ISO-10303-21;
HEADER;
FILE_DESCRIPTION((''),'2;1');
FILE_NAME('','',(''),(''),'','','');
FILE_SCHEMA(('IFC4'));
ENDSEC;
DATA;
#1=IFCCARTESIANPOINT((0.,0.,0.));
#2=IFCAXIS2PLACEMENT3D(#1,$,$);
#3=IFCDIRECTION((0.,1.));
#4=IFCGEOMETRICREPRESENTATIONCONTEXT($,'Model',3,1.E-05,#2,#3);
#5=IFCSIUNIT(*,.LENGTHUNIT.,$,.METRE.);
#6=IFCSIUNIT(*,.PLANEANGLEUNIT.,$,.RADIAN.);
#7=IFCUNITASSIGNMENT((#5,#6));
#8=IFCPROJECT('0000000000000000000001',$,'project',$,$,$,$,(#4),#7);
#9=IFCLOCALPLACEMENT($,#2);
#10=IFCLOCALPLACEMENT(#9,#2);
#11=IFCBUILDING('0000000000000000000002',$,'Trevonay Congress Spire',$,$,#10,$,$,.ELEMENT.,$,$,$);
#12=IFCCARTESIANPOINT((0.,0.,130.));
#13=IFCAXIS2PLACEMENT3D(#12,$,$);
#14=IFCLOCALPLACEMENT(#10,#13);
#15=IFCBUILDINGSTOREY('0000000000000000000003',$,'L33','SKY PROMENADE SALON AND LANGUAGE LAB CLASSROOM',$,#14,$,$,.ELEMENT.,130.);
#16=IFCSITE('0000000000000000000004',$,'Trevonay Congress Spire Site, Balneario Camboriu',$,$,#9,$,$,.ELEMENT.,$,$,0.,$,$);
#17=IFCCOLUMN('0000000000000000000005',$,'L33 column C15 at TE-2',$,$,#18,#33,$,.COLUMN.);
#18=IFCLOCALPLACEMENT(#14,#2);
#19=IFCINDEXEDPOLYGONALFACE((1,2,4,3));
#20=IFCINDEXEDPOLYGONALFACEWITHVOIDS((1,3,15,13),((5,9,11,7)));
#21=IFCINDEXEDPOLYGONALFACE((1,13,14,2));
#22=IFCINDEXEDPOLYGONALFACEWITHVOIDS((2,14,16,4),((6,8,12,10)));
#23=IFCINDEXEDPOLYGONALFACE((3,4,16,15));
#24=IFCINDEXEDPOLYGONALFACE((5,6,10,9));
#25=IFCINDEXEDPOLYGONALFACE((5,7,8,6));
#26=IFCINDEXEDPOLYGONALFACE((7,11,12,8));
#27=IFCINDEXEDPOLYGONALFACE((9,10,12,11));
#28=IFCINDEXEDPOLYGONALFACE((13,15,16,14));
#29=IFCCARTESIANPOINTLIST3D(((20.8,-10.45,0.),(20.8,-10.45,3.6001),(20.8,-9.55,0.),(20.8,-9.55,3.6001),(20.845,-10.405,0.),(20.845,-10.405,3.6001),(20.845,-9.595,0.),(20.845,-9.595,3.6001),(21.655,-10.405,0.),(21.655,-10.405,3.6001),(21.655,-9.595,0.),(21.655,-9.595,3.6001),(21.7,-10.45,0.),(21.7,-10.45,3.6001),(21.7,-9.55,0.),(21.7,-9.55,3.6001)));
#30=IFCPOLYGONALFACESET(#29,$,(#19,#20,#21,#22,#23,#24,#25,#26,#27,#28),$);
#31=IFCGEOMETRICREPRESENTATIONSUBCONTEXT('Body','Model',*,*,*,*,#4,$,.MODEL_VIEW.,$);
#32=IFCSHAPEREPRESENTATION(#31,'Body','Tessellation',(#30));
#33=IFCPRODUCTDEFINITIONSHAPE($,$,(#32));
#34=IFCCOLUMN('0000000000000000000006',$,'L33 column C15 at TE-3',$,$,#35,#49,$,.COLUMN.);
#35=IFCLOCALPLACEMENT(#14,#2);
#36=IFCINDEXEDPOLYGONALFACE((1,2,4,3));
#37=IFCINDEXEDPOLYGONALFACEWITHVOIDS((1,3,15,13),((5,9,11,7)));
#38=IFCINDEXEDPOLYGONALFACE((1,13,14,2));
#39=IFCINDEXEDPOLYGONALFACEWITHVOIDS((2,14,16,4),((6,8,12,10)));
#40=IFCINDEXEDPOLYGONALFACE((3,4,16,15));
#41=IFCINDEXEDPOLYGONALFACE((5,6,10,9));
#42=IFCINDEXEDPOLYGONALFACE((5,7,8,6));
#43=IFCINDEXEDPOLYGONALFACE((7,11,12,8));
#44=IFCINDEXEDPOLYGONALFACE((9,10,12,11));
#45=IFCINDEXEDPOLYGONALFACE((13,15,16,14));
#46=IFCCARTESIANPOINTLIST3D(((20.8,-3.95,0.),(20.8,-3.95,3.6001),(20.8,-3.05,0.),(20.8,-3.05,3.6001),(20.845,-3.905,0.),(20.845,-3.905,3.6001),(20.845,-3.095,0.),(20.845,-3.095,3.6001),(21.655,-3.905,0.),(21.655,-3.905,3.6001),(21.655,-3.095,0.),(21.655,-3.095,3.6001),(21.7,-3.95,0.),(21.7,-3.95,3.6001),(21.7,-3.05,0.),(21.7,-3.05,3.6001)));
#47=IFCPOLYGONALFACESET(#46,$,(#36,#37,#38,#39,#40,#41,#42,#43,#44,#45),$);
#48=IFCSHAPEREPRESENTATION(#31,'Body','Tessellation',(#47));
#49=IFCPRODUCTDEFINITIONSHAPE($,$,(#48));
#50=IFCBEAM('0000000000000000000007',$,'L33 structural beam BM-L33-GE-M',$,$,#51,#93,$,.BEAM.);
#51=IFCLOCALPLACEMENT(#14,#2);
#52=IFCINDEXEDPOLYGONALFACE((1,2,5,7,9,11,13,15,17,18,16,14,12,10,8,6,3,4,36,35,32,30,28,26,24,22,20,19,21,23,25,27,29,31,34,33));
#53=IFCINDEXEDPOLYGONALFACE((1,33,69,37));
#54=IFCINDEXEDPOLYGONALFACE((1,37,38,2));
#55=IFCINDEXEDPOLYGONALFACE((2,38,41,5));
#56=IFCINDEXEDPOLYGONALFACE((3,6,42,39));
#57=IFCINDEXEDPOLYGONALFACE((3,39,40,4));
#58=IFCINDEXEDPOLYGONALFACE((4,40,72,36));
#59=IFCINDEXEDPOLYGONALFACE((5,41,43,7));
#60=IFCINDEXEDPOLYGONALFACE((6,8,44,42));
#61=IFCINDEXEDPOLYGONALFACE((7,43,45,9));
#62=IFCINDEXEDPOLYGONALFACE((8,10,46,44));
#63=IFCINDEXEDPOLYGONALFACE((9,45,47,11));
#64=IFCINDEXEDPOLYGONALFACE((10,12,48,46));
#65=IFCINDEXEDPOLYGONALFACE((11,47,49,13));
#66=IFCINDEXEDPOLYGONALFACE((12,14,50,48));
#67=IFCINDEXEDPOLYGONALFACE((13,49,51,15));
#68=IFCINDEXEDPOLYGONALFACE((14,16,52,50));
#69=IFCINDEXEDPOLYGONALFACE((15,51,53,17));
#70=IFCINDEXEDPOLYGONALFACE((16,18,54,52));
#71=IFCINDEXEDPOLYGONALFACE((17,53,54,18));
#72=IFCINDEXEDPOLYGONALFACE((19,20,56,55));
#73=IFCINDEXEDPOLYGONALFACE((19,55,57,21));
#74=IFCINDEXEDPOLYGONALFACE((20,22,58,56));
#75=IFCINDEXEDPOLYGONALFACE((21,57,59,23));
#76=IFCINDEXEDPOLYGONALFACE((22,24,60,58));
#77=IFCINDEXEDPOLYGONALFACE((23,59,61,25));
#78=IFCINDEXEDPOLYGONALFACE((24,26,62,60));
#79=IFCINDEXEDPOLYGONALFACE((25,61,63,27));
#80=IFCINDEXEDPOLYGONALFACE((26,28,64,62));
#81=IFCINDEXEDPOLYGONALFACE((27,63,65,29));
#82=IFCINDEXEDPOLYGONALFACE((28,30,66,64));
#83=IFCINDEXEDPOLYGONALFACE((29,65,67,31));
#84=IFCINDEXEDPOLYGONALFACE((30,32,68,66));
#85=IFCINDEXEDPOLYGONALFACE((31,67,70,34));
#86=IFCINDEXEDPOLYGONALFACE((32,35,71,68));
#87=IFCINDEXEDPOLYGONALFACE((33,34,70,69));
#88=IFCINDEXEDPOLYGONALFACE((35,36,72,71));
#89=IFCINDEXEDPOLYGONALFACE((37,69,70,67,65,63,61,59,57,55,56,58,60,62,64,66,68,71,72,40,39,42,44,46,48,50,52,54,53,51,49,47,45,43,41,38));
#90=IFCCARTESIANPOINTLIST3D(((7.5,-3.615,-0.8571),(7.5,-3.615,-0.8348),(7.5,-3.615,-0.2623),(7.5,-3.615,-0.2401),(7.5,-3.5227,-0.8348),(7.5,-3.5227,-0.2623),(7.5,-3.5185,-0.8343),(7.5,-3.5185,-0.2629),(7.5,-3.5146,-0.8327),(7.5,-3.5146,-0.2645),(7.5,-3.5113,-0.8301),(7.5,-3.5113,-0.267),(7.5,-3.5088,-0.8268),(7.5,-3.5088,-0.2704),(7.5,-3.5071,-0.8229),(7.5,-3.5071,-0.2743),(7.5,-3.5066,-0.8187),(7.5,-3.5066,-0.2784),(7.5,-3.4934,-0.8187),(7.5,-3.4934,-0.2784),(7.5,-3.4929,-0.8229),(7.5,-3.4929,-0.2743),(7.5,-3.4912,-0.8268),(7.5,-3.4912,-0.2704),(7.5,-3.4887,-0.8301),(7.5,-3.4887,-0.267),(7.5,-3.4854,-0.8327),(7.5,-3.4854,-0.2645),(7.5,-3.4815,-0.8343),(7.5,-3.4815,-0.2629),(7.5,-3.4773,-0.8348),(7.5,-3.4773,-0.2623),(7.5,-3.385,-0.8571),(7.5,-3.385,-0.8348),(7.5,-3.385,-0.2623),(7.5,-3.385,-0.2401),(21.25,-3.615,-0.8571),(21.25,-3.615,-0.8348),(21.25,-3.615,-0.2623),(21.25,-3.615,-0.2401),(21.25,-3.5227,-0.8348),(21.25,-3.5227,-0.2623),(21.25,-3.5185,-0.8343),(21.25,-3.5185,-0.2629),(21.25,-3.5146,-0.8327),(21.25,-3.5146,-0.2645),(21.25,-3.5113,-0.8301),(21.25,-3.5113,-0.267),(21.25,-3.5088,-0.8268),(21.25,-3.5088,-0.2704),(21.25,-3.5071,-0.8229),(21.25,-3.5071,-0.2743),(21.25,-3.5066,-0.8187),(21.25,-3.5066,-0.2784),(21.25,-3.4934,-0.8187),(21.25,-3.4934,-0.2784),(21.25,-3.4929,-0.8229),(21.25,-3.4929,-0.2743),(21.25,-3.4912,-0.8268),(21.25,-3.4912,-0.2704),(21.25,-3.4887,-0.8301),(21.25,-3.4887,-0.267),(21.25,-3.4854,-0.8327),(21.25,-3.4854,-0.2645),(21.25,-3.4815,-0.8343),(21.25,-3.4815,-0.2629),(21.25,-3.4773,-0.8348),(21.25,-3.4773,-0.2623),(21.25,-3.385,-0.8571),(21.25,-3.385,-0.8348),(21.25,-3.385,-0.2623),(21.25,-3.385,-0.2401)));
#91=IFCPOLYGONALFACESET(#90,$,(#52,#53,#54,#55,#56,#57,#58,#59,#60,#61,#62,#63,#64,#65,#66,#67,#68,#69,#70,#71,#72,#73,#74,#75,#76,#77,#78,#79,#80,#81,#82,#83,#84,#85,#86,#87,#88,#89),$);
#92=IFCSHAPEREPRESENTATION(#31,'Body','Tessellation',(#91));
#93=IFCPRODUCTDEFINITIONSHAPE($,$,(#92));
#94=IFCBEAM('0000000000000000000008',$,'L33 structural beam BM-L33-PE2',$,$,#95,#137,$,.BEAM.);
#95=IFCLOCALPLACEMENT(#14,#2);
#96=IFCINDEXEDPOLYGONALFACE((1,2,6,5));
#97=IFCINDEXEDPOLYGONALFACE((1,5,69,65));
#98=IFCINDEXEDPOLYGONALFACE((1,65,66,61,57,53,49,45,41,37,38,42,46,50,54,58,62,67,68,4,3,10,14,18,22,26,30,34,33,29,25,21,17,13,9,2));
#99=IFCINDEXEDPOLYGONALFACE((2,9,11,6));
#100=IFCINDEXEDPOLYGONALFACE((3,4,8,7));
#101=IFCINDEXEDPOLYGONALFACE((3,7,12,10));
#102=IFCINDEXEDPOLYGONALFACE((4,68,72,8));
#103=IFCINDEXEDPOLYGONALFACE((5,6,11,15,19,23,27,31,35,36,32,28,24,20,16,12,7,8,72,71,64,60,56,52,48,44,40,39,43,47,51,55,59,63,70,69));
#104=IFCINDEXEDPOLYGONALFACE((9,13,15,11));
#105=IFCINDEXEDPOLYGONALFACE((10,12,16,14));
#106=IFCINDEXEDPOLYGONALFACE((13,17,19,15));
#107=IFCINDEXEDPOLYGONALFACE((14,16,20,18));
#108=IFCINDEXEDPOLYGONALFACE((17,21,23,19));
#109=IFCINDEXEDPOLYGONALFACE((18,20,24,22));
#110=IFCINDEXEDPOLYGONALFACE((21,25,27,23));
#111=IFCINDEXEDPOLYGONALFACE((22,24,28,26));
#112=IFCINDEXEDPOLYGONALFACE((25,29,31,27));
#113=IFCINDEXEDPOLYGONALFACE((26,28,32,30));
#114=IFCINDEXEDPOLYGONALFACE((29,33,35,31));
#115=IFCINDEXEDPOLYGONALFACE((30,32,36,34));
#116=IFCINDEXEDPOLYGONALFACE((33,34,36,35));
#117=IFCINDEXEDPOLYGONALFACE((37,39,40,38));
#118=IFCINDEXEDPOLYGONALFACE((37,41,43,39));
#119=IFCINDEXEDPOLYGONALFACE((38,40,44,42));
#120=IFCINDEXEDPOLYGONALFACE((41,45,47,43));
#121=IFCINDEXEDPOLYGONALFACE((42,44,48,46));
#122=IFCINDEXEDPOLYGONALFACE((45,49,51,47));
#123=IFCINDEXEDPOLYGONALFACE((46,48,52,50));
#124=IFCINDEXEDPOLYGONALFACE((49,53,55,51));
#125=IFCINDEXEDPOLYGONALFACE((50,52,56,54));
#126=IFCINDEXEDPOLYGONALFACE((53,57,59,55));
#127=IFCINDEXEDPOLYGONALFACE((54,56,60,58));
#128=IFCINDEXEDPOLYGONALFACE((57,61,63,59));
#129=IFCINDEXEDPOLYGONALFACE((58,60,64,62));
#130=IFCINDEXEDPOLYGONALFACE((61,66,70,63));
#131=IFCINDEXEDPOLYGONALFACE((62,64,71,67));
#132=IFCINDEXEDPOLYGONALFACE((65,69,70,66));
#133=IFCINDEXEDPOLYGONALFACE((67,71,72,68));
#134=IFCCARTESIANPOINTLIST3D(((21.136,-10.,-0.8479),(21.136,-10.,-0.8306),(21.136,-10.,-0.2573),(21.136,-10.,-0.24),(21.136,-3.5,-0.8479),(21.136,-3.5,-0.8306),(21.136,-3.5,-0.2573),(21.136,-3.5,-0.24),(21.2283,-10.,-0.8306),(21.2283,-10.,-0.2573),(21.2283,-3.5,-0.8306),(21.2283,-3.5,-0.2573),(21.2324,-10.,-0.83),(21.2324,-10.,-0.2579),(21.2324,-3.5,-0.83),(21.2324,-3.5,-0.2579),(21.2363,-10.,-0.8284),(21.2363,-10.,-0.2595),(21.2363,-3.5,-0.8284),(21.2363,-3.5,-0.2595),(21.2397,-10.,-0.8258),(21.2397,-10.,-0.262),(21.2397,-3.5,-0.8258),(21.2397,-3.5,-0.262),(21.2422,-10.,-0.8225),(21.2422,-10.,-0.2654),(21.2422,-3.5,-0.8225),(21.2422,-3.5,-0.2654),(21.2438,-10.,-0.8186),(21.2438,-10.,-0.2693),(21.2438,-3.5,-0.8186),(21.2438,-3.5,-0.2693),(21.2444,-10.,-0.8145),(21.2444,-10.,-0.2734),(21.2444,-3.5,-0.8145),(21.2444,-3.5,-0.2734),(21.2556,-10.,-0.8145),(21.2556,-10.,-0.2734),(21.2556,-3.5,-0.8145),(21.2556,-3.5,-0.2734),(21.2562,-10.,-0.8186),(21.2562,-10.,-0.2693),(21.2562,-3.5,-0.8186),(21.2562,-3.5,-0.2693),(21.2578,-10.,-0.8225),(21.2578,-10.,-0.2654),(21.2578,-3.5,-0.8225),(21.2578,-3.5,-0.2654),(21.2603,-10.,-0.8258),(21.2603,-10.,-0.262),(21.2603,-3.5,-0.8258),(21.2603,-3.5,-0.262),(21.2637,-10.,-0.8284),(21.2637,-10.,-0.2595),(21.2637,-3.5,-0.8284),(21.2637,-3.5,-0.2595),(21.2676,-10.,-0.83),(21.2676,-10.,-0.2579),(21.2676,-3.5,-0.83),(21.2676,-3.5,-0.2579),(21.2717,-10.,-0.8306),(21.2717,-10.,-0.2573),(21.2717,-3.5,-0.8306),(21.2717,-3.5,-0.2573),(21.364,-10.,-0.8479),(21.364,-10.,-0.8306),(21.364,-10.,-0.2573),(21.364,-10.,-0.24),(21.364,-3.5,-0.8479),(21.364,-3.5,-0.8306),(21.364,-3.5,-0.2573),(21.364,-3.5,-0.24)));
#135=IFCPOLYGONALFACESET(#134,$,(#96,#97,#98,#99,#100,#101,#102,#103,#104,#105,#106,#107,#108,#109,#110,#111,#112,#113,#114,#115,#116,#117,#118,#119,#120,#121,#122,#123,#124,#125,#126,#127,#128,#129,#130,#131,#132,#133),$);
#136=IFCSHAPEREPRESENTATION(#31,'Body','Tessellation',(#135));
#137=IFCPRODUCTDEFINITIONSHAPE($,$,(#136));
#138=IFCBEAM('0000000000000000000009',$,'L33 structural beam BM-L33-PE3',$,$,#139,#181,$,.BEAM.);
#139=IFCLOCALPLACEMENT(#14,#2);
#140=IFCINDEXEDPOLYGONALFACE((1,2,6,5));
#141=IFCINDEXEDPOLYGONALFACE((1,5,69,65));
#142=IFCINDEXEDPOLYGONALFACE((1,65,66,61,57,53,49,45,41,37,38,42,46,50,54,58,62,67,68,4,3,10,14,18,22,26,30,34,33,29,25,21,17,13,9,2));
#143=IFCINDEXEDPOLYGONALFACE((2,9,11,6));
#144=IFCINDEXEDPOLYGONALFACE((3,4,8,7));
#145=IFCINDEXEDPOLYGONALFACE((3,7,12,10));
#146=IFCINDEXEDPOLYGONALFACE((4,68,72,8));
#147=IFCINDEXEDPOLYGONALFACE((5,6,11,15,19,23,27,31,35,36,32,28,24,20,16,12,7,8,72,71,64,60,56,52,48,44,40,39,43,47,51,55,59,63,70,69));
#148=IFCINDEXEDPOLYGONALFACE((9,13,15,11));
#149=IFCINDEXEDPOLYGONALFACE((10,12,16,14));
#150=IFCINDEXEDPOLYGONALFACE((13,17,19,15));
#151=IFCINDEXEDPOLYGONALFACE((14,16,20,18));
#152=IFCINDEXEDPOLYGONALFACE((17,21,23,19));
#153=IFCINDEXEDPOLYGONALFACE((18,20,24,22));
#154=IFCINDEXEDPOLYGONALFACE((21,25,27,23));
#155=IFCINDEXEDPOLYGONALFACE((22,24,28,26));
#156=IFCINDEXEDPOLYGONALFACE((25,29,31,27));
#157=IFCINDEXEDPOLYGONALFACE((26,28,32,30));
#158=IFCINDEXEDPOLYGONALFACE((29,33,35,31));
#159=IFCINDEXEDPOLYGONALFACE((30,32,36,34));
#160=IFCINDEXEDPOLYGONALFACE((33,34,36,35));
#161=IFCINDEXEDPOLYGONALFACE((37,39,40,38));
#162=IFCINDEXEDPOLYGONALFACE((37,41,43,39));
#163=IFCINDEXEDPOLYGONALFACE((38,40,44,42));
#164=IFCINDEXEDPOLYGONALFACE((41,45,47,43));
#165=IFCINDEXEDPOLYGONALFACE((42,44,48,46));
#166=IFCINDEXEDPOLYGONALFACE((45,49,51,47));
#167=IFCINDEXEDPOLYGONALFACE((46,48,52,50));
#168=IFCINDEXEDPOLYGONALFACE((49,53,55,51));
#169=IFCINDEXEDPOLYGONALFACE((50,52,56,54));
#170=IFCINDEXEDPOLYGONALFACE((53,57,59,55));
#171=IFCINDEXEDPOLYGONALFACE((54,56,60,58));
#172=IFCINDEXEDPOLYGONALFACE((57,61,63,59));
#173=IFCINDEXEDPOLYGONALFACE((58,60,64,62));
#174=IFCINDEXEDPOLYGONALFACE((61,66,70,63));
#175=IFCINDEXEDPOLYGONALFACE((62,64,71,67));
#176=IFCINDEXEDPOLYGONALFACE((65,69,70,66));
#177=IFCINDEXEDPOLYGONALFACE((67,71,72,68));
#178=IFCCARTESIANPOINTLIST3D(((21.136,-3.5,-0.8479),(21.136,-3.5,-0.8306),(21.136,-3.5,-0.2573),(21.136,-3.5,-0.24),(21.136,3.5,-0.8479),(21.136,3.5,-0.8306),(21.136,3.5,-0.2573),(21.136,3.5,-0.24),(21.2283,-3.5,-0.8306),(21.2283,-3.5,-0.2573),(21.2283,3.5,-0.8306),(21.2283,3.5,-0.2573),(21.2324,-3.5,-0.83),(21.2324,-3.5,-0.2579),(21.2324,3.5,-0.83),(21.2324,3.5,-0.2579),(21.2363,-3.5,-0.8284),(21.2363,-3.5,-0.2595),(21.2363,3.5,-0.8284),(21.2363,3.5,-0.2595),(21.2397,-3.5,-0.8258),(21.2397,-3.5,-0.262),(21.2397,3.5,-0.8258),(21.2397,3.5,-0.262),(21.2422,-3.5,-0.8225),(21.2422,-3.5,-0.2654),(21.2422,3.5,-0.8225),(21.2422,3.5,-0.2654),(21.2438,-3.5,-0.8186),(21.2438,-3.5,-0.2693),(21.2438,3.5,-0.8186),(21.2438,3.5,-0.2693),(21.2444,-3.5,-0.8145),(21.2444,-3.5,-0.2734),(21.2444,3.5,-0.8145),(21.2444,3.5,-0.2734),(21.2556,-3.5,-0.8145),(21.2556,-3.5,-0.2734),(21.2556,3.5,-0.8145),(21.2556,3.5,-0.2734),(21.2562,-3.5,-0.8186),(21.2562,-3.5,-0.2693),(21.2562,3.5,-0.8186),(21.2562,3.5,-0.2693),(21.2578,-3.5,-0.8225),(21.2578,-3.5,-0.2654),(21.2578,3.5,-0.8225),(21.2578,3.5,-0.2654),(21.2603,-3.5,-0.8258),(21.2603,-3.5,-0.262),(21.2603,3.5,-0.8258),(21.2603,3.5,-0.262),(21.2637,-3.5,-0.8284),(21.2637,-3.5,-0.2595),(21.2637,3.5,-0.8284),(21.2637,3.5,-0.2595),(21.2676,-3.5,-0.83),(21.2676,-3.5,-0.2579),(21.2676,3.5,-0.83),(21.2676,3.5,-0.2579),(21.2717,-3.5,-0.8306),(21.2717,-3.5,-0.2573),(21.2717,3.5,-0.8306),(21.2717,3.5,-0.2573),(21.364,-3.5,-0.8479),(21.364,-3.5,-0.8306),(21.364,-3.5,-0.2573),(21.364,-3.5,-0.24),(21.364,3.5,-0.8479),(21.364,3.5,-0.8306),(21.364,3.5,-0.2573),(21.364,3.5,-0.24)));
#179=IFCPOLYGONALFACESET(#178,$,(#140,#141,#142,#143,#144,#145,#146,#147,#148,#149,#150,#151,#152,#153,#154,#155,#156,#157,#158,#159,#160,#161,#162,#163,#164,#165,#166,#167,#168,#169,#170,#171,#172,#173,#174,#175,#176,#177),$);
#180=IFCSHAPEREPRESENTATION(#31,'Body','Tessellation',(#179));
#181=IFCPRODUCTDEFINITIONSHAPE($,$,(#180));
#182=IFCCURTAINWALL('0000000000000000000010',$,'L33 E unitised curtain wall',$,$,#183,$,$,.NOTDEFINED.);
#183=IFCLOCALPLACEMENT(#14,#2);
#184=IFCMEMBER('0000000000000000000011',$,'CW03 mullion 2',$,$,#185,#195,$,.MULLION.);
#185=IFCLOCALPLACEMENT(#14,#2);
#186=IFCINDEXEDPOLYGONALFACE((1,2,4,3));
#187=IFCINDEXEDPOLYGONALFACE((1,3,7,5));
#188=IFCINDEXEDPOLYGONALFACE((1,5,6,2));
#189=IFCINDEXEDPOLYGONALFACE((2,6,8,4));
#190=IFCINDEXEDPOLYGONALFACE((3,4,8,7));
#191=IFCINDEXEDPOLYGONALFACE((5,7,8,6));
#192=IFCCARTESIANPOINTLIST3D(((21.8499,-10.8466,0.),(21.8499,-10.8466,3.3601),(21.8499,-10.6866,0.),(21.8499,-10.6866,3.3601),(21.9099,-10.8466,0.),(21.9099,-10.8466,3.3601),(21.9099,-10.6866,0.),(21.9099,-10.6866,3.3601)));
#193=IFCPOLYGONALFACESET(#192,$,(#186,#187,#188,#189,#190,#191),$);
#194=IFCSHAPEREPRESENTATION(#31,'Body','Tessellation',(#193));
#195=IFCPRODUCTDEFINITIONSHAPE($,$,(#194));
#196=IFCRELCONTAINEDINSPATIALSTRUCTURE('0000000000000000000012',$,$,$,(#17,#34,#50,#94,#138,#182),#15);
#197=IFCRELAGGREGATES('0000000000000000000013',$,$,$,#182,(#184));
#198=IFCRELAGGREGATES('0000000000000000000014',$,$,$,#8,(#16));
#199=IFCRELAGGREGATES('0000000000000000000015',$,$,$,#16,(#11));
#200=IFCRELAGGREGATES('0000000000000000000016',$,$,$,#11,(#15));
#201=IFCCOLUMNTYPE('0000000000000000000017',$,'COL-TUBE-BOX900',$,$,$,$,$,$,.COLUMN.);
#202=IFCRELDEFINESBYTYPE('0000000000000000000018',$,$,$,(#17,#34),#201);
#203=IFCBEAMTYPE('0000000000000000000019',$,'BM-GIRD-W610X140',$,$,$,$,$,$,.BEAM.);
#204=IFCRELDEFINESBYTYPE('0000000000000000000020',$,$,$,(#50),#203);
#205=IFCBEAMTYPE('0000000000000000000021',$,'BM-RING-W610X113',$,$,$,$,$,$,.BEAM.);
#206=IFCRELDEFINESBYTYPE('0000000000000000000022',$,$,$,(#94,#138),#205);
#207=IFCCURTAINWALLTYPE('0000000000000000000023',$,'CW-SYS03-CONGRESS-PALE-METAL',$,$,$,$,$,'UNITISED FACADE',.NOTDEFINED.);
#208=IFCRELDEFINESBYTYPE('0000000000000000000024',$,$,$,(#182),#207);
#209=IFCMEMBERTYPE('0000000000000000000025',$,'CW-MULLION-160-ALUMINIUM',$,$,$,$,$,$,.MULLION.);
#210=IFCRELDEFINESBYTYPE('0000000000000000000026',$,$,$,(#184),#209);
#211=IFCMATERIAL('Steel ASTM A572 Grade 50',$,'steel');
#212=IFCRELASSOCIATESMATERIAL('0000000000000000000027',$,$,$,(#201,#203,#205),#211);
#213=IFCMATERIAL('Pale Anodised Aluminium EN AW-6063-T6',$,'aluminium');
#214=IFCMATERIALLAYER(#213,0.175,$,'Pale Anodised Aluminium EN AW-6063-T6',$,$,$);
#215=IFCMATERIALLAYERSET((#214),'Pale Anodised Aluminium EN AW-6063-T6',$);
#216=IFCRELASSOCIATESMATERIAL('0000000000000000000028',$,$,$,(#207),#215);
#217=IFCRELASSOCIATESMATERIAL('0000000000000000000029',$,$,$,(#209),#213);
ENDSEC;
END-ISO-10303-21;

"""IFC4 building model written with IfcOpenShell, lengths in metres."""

from ifc_helpers import new_model, si_unit, direction, frame, origin, origin_2d, place, context, subcontext, project, spatial, rectangle, hollow_rectangle, i_section, extrude, material, layer, layer_set, material_profile, profile_set, type_object, element, aggregate, save


model = new_model("IFC4")

# Units and contexts
model_context = context("Model", 3, precision=1e-05, world=origin(), true_north=direction((0.0, 1.0)))
body_context = subcontext(model_context, "Body", "Model", "MODEL_VIEW")
ifc_project = project(units=[si_unit("LENGTHUNIT", "METRE"), si_unit("PLANEANGLEUNIT", "RADIAN")], contexts=[model_context])

# Site, building, storey
site_placement = place(None, origin())
site = spatial("IfcSite", under=ifc_project, at=site_placement, Name="Trevonay Congress Spire Site, Balneario Camboriu", CompositionType="ELEMENT", RefElevation=0.0)
building_placement = place(site_placement, origin())
building = spatial("IfcBuilding", under=site, at=building_placement, Name="Trevonay Congress Spire", CompositionType="ELEMENT")
storey_placement = place(building_placement, frame((0.0, 0.0, 130.0)))
storey = spatial("IfcBuildingStorey", under=building, at=storey_placement, Name="L33", Description="SKY PROMENADE SALON AND LANGUAGE LAB CLASSROOM", CompositionType="ELEMENT", Elevation=130.0)

# Columns
ifc_material_1 = material(Name="Steel ASTM A572 Grade 50", Category="steel")
ifc_material_profile_1 = material_profile(ifc_material_1, hollow_rectangle(XDim=0.8999, YDim=0.8999, WallThickness=0.0449, at=origin_2d()), Name="BOX 900x900x45")
ifc_profile_set_1 = profile_set([ifc_material_profile_1], Name="Steel ASTM A572 Grade 50")
column_type = type_object("IfcColumnType", Name="COL-TUBE-BOX900", PredefinedType="COLUMN", material=ifc_profile_set_1)
for number, where, z_axis, x_axis, name in (
    (1, (21.25, -10.0, 0.0), (0.0, 0.0, 1.0), (1.0, 0.0, 0.0), "L33 column C15 at TE-2"),
    (2, (21.25, -3.5, 0.0), (0.0, 0.0, 1.0), (1.0, 0.0, 0.0), "L33 column C15 at TE-3"),
):
    element("IfcColumn", number, at=place(storey_placement, frame(where, z_axis=z_axis, x_axis=x_axis)), inside=storey, type_object=column_type, Name=name, PredefinedType="COLUMN", context=body_context, shape_type="SweptSolid", body=[
        extrude(hollow_rectangle(XDim=0.8999, YDim=0.8999, WallThickness=0.0449, at=origin_2d()), origin(), (0.0, 0.0, 1.0), 3.6001),
    ])

# Beams
ifc_material_profile_2 = material_profile(ifc_material_1, i_section(OverallWidth=0.23, OverallDepth=0.6169, WebThickness=0.0132, FlangeThickness=0.0222, FilletRadius=0.0161, at=origin_2d()), Name="W610x140")
ifc_profile_set_2 = profile_set([ifc_material_profile_2], Name="Steel ASTM A572 Grade 50")
beam_type_1 = type_object("IfcBeamType", Name="BM-GIRD-W610X140", PredefinedType="BEAM", material=ifc_profile_set_2)
beam_1_placement = place(storey_placement, frame((7.5, -3.5, -0.5486), z_axis=(1.0, 0.0, 0.0), x_axis=(0.0, 1.0, 0.0)))
element("IfcBeam", 3, at=beam_1_placement, inside=storey, type_object=beam_type_1, Name="L33 structural beam BM-L33-GE-M", PredefinedType="BEAM", context=body_context, shape_type="SweptSolid", body=[
    extrude(i_section(OverallWidth=0.23, OverallDepth=0.6169, WebThickness=0.0132, FlangeThickness=0.0222, FilletRadius=0.0161, at=origin_2d()), origin(), (0.0, 0.0, 1.0), 13.75),
])
ifc_material_profile_3 = material_profile(ifc_material_1, i_section(OverallWidth=0.228, OverallDepth=0.6079, WebThickness=0.0112, FlangeThickness=0.0173, FilletRadius=0.0161, at=origin_2d()), Name="W610x113")
ifc_profile_set_3 = profile_set([ifc_material_profile_3], Name="Steel ASTM A572 Grade 50")
beam_type_2 = type_object("IfcBeamType", Name="BM-RING-W610X113", PredefinedType="BEAM", material=ifc_profile_set_3)
beam_2_placement = place(storey_placement, frame((21.25, -10.0, -0.5439), z_axis=(0.0, 1.0, 0.0), x_axis=(-1.0, 0.0, 0.0)))
element("IfcBeam", 4, at=beam_2_placement, inside=storey, type_object=beam_type_2, Name="L33 structural beam BM-L33-PE2", PredefinedType="BEAM", context=body_context, shape_type="SweptSolid", body=[
    extrude(i_section(OverallWidth=0.228, OverallDepth=0.6079, WebThickness=0.0112, FlangeThickness=0.0173, FilletRadius=0.0161, at=origin_2d()), origin(), (0.0, 0.0, 1.0), 6.5),
])
beam_3_placement = place(storey_placement, frame((21.25, -3.5, -0.5439), z_axis=(0.0, 1.0, 0.0), x_axis=(-1.0, 0.0, 0.0)))
element("IfcBeam", 5, at=beam_3_placement, inside=storey, type_object=beam_type_2, Name="L33 structural beam BM-L33-PE3", PredefinedType="BEAM", context=body_context, shape_type="SweptSolid", body=[
    extrude(i_section(OverallWidth=0.228, OverallDepth=0.6079, WebThickness=0.0112, FlangeThickness=0.0173, FilletRadius=0.0161, at=origin_2d()), origin(), (0.0, 0.0, 1.0), 7.0),
])

# Curtain wall, member
ifc_material_2 = material(Name="Pale Anodised Aluminium EN AW-6063-T6", Category="aluminium")
ifc_layer_1 = layer(ifc_material_2, 0.175, Name="Pale Anodised Aluminium EN AW-6063-T6")
ifc_layer_set_1 = layer_set([ifc_layer_1], Name="Pale Anodised Aluminium EN AW-6063-T6")
curtain_wall_type = type_object("IfcCurtainWallType", Name="CW-SYS03-CONGRESS-PALE-METAL", ElementType="UNITISED FACADE", PredefinedType="NOTDEFINED", material=ifc_layer_set_1)
curtain_wall_placement = place(storey_placement, origin())
curtain_wall = element("IfcCurtainWall", 6, at=curtain_wall_placement, inside=storey, type_object=curtain_wall_type, Name="L33 E unitised curtain wall", PredefinedType="NOTDEFINED")
ifc_material_profile_4 = material_profile(ifc_material_2, rectangle(XDim=0.0601, YDim=0.1599, at=origin_2d()), Name="CW-MULLION-160-ALUMINIUM")
ifc_profile_set_4 = profile_set([ifc_material_profile_4], Name="Pale Anodised Aluminium EN AW-6063-T6")
member_type_1 = type_object("IfcMemberType", Name="CW-MULLION-160-ALUMINIUM", PredefinedType="MULLION", material=ifc_profile_set_4)
member_1_placement = place(storey_placement, frame((21.8799, -10.7666, 0.0), z_axis=(0.0, 0.0, 1.0), x_axis=(-1.0, 0.0, 0.0)))
member_1 = element("IfcMember", 7, at=member_1_placement, type_object=member_type_1, Name="CW03 mullion 2", PredefinedType="MULLION", context=body_context, shape_type="SweptSolid", body=[
    extrude(rectangle(XDim=0.0601, YDim=0.1599, at=origin_2d()), origin(), (0.0, 0.0, 1.0), 3.3601),
])
aggregate(curtain_wall, [member_1])

save(model, "model.ifc")
